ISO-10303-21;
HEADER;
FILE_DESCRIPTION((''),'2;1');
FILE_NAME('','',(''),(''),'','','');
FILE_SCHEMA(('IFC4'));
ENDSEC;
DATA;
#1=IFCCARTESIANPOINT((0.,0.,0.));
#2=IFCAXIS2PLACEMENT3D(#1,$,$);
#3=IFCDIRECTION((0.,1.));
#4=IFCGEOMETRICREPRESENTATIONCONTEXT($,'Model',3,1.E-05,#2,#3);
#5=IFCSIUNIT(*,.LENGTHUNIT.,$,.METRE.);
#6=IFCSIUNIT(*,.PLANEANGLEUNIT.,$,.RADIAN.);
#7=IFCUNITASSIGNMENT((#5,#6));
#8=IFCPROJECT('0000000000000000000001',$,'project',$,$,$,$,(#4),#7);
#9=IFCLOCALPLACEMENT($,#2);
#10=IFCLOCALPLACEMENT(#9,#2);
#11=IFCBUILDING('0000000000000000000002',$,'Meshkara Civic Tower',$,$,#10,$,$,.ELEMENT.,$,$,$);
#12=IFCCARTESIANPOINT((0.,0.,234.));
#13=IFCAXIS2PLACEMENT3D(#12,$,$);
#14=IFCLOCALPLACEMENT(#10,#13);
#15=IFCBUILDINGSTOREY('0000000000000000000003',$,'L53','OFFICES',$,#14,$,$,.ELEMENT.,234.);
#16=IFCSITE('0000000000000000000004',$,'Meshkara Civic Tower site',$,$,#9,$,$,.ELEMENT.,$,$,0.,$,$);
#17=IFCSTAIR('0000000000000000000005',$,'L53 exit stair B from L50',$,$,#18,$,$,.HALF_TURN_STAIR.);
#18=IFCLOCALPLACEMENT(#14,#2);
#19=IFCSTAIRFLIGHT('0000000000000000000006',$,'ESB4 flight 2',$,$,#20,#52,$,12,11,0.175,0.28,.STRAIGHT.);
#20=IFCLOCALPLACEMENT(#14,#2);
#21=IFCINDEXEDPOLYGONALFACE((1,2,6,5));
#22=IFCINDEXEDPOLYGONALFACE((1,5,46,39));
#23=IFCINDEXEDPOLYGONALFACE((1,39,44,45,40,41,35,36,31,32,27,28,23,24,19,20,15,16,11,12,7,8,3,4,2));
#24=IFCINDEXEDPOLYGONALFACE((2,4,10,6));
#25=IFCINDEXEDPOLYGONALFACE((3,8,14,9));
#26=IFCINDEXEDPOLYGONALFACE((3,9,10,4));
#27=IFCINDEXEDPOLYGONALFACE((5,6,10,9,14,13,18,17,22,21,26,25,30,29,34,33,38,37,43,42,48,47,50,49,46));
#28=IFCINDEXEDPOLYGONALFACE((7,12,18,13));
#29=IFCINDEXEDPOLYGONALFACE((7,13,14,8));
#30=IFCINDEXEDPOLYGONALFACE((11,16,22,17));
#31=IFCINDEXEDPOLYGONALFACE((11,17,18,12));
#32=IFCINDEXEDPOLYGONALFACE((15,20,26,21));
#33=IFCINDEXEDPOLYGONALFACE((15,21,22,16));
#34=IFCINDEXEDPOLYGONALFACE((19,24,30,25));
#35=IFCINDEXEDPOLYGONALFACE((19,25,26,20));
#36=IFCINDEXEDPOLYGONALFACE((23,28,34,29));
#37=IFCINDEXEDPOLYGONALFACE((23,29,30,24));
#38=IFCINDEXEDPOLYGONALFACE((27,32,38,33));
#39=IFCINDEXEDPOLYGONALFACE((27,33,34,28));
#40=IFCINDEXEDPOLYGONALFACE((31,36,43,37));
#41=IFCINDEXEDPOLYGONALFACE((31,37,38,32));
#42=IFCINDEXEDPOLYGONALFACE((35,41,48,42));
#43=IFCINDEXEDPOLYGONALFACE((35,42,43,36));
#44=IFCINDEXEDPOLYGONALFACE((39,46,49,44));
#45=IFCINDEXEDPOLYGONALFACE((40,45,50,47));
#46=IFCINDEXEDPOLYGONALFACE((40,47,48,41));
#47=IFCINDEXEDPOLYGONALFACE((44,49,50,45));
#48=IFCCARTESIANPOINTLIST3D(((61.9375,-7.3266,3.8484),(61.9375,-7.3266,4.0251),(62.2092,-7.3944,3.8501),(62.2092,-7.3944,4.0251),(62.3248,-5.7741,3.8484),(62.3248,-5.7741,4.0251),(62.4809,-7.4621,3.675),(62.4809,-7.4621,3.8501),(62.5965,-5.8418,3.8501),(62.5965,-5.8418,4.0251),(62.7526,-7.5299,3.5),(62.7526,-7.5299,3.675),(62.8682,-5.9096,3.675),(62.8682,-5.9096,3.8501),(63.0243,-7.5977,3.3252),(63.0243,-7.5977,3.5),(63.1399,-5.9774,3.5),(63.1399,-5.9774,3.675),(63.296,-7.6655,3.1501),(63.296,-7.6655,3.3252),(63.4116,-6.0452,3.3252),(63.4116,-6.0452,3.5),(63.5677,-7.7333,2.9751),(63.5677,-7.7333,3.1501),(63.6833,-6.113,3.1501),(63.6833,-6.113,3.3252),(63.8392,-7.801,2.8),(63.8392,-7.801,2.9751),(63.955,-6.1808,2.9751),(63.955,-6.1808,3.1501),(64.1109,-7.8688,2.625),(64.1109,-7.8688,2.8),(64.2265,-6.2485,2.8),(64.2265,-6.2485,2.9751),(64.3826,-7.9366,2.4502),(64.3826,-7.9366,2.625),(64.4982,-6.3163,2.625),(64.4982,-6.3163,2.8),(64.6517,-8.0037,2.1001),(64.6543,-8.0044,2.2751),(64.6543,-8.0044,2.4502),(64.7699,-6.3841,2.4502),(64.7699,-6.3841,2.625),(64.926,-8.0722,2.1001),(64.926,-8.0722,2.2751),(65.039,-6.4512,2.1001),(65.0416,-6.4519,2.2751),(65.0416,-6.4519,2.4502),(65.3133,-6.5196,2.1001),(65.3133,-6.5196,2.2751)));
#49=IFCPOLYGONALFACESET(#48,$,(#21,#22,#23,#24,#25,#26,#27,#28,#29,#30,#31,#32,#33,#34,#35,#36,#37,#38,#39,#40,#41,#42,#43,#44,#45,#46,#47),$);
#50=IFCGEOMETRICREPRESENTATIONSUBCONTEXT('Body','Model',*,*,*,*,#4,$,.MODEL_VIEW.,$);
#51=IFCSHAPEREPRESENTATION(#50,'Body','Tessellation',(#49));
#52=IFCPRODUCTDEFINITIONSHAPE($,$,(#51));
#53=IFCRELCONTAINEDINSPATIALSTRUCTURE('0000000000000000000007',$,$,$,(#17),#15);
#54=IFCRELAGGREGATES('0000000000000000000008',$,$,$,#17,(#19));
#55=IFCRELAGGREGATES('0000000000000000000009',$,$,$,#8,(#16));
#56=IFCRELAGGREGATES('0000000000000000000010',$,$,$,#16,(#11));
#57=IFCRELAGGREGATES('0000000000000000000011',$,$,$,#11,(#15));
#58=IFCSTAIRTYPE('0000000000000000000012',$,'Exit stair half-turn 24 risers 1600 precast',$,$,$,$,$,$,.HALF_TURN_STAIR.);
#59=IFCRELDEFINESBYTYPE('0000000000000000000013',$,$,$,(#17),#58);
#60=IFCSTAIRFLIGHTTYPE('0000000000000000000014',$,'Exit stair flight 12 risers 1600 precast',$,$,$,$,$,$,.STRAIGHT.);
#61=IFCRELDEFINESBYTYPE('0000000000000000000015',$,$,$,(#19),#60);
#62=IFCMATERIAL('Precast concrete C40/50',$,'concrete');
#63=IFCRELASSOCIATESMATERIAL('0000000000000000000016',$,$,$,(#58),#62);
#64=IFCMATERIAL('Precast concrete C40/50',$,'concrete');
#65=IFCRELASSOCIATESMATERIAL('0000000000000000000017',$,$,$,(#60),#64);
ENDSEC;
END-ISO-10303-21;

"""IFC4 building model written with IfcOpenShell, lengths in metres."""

from ifc_helpers import new_model, si_unit, direction, frame, origin, place, context, subcontext, project, spatial, polyline, outline, extrude, material, type_object, element, aggregate, save


model = new_model("IFC4")

# Units and contexts
model_context = context("Model", 3, precision=1e-05, world=origin(), true_north=direction((0.0, 1.0)))
body_context = subcontext(model_context, "Body", "Model", "MODEL_VIEW")
ifc_project = project(units=[si_unit("LENGTHUNIT", "METRE"), si_unit("PLANEANGLEUNIT", "RADIAN")], contexts=[model_context])

# Site, building, storey
site_placement = place(None, origin())
site = spatial("IfcSite", under=ifc_project, at=site_placement, Name="Meshkara Civic Tower site", CompositionType="ELEMENT", RefElevation=0.0)
building_placement = place(site_placement, origin())
building = spatial("IfcBuilding", under=site, at=building_placement, Name="Meshkara Civic Tower", CompositionType="ELEMENT")
storey_placement = place(building_placement, frame((0.0, 0.0, 234.0)))
storey = spatial("IfcBuildingStorey", under=building, at=storey_placement, Name="L53", Description="OFFICES", CompositionType="ELEMENT", Elevation=234.0)

# Stair, stair flight
ifc_material_1 = material(Name="Precast concrete C40/50", Category="concrete")
stair_type = type_object("IfcStairType", Name="Exit stair half-turn 24 risers 1600 precast", PredefinedType="HALF_TURN_STAIR", material=ifc_material_1)
stair_placement = place(storey_placement, origin())
stair = element("IfcStair", 1, at=stair_placement, inside=storey, type_object=stair_type, Name="L53 exit stair B from L50", PredefinedType="HALF_TURN_STAIR")
ifc_material_2 = material(Name="Precast concrete C40/50", Category="concrete")
stair_flight_type = type_object("IfcStairFlightType", Name="Exit stair flight 12 risers 1600 precast", PredefinedType="STRAIGHT", material=ifc_material_2)
stair_flight_1_placement = place(storey_placement, frame((65.1196, -7.2959, 2.1001), z_axis=(0.0, 0.0, 1.0), x_axis=(-0.97026, 0.242065, 0.0)))
stair_flight_1 = element("IfcStairFlight", 2, at=stair_flight_1_placement, type_object=stair_flight_type, Name="ESB4 flight 2", NumberOfRisers=12, NumberOfTreads=11, PredefinedType="STRAIGHT", RiserHeight=0.175, TreadLength=0.28, context=body_context, shape_type="SweptSolid", body=[
    extrude(outline(polyline([(0.0, 0.0), (0.0, 0.175), (0.28, 0.175), (0.28, 0.3501), (0.5601, 0.3501), (0.5601, 0.5249), (0.8401, 0.5249), (0.8401, 0.7), (1.1201, 0.7), (1.1201, 0.875), (1.3999, 0.875), (1.3999, 1.05), (1.6799, 1.05), (1.6799, 1.2251), (1.96, 1.2251), (1.96, 1.3999), (2.24, 1.3999), (2.24, 1.575), (2.52, 1.575), (2.52, 1.75), (2.8, 1.75), (2.8, 1.925), (3.0801, 1.925), (3.0801, 2.1001), (3.0801, 1.7483), (0.2827, 0.0), (0.0, 0.0)])), frame((0.0, 0.8, 0.0), z_axis=(0.0, -1.0, 0.0), x_axis=(1.0, 0.0, 0.0)), (0.0, 0.0, 1.0), 1.6001),
])
aggregate(stair, [stair_flight_1])

save(model, "model.ifc")
